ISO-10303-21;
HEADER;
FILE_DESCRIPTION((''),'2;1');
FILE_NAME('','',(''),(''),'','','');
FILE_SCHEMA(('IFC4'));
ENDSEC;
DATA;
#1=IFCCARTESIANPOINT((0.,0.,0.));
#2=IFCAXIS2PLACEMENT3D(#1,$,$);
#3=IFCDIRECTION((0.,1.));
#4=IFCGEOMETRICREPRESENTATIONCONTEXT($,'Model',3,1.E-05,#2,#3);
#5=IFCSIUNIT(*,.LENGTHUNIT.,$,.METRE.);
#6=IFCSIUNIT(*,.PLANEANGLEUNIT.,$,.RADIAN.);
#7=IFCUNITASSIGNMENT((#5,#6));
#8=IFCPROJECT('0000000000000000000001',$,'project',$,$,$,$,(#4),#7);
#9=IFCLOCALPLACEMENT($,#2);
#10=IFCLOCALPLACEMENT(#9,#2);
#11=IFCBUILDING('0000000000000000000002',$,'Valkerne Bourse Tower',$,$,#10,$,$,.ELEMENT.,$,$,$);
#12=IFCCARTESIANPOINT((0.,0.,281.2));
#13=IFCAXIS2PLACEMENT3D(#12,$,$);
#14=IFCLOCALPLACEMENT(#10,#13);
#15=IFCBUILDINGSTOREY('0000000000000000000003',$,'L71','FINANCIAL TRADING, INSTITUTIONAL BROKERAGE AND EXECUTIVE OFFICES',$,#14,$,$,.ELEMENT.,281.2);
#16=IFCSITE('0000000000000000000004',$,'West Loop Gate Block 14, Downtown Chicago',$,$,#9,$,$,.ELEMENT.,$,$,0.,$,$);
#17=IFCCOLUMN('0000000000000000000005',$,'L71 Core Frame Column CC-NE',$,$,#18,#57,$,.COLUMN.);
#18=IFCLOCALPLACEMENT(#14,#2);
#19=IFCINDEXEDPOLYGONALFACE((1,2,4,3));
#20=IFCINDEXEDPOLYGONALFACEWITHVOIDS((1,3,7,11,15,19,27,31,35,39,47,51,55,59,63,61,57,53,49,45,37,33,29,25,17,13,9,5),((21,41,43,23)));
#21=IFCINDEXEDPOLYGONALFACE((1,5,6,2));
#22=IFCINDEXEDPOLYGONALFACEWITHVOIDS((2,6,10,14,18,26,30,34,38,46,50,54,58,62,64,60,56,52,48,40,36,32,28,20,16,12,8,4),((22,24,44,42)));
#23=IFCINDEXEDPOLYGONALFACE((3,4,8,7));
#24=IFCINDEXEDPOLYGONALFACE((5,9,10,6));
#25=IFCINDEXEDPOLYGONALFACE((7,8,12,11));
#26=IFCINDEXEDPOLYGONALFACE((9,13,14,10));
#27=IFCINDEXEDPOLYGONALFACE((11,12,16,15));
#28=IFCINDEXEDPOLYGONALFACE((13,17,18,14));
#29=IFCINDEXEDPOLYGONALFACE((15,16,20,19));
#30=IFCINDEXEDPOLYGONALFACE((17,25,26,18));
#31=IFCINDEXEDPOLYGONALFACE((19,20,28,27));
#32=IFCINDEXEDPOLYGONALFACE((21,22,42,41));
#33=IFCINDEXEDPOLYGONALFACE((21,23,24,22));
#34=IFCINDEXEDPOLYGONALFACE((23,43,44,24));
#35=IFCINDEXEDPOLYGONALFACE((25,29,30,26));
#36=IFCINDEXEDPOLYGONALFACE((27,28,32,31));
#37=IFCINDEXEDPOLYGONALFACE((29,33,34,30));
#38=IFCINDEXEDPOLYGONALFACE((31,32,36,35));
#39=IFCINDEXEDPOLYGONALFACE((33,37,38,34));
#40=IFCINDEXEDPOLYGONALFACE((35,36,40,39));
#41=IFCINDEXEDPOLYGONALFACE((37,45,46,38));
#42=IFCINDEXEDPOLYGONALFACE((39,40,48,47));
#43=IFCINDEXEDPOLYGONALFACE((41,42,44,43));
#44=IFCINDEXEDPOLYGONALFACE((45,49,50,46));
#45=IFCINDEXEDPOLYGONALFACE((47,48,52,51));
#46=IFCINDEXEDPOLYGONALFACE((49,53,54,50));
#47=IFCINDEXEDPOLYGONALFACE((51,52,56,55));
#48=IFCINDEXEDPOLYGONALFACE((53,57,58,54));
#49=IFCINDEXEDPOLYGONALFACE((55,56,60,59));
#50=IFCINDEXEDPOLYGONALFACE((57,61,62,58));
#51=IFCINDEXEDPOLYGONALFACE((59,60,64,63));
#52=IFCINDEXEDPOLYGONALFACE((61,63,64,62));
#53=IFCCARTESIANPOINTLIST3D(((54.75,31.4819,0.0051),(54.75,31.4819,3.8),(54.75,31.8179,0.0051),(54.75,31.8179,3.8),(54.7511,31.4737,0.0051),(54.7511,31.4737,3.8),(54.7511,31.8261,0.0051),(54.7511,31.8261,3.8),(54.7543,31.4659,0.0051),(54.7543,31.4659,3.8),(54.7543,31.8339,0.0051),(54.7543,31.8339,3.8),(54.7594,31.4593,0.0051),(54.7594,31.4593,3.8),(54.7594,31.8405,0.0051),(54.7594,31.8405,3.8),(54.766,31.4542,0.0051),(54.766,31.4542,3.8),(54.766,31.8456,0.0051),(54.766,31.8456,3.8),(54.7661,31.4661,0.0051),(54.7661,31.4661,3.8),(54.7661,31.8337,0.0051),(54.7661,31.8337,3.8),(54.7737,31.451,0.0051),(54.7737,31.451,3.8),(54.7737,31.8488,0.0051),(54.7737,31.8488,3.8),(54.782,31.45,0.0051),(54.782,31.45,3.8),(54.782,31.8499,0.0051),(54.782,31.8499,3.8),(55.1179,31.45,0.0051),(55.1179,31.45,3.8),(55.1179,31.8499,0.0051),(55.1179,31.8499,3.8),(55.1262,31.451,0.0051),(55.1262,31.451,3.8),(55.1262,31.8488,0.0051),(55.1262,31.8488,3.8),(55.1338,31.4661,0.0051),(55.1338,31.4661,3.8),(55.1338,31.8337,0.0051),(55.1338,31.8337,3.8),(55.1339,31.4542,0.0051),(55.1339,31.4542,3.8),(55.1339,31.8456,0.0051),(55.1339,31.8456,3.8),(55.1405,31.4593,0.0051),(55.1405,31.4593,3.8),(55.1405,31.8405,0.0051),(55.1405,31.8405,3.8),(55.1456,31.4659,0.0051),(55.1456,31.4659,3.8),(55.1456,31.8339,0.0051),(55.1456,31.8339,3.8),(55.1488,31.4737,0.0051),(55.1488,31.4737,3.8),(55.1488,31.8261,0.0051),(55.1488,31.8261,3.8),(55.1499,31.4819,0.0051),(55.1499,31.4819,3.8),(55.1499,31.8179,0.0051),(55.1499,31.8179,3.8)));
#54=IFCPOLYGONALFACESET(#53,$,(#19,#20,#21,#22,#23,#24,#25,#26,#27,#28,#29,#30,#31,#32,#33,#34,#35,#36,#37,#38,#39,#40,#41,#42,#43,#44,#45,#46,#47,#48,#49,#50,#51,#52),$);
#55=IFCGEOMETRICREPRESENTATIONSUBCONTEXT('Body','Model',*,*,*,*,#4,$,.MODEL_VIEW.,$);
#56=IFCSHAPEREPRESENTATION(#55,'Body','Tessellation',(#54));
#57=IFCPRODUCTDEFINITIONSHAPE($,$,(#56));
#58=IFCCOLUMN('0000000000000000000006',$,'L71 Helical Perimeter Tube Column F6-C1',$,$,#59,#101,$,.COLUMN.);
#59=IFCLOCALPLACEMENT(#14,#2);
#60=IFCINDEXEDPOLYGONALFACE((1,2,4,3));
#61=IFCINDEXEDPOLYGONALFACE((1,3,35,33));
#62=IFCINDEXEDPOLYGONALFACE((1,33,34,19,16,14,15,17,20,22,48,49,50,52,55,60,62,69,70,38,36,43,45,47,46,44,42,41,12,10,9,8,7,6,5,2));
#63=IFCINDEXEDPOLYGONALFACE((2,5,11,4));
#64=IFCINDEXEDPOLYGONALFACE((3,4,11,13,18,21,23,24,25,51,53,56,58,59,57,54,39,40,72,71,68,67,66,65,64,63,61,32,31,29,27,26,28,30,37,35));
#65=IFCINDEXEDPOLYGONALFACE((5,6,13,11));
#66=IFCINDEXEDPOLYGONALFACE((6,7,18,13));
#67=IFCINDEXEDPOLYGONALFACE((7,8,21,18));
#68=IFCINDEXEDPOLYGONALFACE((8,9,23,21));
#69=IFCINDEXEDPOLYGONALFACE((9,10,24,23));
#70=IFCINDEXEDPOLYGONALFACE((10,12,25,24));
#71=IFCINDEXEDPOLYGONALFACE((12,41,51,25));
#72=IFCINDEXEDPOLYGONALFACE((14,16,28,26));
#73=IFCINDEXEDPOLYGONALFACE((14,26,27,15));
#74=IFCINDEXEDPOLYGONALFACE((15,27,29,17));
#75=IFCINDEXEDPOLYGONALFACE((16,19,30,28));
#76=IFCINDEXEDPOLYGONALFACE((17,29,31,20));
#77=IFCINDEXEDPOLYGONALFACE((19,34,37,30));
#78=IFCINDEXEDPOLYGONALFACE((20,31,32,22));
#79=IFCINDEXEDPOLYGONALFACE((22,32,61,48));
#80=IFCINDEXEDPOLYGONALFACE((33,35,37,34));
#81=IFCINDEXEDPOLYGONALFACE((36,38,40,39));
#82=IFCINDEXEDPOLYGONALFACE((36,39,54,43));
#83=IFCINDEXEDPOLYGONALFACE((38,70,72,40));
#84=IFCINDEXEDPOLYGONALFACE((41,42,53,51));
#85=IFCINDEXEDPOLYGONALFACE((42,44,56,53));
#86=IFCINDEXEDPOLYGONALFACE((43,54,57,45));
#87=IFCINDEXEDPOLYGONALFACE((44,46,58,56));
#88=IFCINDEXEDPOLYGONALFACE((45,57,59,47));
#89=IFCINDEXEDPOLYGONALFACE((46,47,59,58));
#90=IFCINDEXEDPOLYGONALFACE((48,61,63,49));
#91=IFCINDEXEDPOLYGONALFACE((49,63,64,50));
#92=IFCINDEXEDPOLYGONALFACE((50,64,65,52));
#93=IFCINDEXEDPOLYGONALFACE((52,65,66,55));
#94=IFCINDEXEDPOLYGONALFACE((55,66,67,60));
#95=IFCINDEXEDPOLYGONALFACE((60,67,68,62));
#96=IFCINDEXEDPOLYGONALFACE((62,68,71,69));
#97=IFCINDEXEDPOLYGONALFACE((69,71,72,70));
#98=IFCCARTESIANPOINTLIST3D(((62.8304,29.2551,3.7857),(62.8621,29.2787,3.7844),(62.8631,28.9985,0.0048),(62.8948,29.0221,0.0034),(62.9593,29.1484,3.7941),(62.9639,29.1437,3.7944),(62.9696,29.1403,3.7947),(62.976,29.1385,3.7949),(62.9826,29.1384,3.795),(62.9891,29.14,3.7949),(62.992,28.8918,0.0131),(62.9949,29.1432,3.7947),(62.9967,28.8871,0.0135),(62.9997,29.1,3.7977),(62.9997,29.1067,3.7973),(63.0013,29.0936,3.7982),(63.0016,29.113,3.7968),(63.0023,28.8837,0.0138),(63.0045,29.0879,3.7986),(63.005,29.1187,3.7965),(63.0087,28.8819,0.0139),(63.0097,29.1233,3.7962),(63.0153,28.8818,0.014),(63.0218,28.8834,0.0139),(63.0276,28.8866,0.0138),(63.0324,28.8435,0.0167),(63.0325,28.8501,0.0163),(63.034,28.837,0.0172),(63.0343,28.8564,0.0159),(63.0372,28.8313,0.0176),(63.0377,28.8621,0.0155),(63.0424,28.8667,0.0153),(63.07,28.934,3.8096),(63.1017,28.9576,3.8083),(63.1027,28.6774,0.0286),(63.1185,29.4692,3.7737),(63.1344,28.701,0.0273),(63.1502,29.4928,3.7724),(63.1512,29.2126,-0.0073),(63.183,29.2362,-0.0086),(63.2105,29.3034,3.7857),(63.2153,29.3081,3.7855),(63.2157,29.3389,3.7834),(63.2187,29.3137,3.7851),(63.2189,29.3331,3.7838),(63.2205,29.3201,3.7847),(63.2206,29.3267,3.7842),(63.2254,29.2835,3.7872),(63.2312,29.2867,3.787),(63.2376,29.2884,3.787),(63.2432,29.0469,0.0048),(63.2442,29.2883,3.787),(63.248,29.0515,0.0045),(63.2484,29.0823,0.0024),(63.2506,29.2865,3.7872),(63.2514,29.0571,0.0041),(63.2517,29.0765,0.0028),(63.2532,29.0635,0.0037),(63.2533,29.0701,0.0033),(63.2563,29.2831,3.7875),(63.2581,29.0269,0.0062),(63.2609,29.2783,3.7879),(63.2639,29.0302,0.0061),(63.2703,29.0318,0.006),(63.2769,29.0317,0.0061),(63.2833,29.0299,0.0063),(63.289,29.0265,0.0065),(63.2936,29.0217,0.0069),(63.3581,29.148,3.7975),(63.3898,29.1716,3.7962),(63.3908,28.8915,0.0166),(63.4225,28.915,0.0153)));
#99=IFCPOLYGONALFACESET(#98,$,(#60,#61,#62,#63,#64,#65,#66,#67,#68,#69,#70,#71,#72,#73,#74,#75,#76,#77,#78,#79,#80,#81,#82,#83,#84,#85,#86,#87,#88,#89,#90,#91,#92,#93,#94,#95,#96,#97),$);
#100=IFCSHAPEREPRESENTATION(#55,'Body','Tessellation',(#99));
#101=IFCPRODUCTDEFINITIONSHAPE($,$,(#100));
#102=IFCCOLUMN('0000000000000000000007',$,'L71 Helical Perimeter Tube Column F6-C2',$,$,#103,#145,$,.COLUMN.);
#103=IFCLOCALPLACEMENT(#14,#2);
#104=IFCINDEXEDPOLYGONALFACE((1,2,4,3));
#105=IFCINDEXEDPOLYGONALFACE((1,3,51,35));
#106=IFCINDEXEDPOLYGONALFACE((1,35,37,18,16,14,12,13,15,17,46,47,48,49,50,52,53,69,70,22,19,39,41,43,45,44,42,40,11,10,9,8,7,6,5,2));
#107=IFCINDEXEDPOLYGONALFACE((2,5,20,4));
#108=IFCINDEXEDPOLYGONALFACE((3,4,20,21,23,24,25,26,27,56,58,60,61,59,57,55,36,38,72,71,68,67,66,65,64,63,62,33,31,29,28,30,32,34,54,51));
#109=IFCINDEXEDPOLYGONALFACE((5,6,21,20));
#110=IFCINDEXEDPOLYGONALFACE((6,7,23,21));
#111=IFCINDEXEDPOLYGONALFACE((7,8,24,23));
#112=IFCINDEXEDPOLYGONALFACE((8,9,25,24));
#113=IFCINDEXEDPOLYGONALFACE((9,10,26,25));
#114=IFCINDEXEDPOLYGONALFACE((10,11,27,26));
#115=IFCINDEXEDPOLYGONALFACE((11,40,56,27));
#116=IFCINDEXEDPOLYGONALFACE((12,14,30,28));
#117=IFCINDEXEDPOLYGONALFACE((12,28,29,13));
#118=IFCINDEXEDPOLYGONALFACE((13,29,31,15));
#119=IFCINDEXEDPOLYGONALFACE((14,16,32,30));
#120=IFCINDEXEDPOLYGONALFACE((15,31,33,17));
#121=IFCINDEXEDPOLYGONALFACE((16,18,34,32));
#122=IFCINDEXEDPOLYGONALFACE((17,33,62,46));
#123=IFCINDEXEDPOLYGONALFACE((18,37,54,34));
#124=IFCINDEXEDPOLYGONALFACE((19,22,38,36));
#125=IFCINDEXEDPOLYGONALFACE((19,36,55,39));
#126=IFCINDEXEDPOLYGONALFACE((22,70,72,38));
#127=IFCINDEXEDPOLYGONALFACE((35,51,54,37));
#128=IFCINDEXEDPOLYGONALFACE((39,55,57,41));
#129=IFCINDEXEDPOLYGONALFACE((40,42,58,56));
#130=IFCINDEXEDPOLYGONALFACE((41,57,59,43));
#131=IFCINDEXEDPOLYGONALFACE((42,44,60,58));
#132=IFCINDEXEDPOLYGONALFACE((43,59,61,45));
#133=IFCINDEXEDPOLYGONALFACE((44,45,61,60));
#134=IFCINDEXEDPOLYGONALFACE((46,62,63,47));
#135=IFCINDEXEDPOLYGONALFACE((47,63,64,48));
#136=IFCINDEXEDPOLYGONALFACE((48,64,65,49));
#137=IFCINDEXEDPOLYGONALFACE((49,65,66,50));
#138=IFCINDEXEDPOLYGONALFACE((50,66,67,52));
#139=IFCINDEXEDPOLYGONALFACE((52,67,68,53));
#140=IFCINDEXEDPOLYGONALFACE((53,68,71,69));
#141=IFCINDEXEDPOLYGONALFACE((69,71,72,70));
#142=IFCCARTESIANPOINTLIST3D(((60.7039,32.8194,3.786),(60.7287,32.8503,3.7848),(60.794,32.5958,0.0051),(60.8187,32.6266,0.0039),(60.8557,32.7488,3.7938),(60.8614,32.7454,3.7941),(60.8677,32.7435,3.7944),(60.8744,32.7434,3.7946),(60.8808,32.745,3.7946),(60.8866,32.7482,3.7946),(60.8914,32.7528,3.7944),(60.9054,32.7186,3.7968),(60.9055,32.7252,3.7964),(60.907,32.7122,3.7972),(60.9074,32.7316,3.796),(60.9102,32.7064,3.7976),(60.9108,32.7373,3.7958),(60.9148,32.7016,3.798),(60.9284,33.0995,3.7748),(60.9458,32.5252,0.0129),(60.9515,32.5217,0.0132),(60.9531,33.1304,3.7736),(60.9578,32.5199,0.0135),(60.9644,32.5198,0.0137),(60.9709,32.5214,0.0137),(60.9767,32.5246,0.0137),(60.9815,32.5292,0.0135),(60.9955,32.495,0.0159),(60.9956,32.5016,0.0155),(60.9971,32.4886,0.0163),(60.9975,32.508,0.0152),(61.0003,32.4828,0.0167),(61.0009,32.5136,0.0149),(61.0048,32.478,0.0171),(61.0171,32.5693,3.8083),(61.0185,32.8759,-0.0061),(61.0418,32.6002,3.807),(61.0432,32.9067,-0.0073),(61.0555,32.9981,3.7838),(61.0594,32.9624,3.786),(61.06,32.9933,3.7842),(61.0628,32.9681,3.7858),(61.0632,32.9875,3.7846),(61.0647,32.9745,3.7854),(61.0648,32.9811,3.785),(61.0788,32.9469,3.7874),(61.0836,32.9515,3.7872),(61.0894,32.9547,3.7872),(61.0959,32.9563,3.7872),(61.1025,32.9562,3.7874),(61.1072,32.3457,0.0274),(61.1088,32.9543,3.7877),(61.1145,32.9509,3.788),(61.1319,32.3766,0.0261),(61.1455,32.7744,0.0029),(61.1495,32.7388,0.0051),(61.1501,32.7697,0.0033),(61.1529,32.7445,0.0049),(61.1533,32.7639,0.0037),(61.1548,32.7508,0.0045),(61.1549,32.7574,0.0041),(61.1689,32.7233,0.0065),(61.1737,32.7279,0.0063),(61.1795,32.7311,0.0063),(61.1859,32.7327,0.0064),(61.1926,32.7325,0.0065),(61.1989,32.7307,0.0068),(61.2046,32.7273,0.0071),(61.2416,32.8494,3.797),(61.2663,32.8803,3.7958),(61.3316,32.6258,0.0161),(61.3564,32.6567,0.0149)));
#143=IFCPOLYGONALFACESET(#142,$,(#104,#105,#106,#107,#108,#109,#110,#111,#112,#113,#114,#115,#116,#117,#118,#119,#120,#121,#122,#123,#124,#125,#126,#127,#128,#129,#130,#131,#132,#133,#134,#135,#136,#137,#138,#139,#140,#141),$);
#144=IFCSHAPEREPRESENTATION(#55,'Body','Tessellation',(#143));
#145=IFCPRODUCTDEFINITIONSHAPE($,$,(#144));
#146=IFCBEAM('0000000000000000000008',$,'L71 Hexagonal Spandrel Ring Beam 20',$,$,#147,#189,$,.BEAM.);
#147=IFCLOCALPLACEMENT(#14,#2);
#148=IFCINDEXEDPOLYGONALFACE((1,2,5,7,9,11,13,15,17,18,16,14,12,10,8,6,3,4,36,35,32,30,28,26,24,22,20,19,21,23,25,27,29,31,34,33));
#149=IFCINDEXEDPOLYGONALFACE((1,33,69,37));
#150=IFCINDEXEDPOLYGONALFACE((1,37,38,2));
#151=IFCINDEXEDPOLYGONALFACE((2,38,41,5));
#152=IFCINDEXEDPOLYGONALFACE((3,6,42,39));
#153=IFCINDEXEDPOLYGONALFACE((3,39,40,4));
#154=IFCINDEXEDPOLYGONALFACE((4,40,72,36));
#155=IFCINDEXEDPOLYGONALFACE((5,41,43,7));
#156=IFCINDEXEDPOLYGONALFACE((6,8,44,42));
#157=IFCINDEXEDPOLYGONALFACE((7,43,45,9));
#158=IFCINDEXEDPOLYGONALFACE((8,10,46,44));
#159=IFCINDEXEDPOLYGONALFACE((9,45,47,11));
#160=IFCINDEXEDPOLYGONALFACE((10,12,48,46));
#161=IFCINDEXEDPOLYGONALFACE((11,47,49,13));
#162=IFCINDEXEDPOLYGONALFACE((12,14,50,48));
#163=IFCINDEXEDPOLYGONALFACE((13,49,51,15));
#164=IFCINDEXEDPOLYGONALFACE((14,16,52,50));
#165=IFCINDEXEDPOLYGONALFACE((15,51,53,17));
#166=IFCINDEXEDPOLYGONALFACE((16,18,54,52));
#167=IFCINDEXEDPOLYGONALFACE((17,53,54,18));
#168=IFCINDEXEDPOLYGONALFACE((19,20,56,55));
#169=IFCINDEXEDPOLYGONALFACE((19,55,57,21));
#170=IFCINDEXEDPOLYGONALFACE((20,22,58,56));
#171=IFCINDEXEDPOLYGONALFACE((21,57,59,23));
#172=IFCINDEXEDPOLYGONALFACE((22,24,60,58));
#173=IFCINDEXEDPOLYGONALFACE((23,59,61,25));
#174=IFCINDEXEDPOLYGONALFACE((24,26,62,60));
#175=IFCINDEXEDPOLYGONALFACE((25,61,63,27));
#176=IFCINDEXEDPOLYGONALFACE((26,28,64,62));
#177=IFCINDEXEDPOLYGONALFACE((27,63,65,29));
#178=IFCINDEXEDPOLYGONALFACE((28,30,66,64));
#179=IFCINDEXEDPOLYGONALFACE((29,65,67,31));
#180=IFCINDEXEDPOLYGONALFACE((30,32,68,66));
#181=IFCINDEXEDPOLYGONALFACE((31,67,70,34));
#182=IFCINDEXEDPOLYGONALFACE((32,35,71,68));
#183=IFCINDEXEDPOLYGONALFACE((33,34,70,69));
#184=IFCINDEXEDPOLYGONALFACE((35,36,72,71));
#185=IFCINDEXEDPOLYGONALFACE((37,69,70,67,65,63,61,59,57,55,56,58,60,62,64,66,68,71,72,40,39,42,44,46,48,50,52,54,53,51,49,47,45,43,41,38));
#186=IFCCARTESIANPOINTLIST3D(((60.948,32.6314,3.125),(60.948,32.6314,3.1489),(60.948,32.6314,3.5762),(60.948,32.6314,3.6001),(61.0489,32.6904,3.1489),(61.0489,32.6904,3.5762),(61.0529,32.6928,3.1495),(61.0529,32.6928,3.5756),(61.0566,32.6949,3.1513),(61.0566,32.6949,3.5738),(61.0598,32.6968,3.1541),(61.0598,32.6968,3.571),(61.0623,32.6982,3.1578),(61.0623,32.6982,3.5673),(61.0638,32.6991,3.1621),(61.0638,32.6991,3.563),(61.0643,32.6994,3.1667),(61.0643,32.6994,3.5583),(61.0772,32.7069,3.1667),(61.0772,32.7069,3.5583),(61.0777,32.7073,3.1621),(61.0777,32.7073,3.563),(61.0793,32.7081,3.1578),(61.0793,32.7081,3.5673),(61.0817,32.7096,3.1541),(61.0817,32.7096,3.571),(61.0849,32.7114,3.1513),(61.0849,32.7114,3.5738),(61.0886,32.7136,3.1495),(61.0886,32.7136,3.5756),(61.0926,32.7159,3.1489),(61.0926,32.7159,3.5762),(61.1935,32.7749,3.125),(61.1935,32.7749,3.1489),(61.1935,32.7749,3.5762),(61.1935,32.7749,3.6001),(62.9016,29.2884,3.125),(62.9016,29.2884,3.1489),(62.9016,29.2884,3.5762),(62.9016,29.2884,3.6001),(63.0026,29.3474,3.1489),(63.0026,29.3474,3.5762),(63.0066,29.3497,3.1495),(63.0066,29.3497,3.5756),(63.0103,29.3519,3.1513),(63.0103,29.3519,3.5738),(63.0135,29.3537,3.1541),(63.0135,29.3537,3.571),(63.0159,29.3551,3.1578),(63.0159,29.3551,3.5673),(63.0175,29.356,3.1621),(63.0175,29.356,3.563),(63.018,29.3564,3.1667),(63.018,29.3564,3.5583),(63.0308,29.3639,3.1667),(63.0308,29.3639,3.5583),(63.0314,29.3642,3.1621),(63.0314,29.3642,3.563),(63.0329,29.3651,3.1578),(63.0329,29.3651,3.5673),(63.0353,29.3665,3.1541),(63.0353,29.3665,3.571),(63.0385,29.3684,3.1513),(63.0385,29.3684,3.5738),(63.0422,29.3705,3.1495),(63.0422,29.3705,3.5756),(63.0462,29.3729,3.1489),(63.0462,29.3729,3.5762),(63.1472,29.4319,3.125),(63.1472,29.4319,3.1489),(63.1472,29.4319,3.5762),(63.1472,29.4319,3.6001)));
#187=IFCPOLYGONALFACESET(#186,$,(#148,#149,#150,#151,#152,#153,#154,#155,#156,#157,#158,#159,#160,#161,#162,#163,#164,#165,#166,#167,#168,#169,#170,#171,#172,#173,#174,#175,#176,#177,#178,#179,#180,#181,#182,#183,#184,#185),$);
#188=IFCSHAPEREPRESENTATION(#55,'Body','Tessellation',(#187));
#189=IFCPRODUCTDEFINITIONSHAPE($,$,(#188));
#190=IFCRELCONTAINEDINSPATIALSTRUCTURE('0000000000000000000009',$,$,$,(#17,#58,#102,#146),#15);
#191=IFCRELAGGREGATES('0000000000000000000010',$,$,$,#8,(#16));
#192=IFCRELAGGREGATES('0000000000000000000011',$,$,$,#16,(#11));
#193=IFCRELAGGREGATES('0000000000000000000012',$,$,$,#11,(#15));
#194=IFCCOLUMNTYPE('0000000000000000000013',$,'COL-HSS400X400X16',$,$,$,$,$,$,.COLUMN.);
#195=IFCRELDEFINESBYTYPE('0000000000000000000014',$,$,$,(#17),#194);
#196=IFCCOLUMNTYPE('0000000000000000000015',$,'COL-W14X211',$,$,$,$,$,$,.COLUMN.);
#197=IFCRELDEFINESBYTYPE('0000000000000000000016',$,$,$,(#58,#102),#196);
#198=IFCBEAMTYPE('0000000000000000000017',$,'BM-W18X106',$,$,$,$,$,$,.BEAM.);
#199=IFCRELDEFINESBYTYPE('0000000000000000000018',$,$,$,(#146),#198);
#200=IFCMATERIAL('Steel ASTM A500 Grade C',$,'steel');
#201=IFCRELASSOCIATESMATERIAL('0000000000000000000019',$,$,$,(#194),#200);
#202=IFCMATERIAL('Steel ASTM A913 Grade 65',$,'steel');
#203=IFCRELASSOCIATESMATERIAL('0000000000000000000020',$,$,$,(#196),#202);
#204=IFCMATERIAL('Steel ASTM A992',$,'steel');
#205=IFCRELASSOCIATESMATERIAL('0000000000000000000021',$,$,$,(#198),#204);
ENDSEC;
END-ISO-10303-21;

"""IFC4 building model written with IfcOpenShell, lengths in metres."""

from ifc_helpers import new_model, si_unit, direction, frame, origin, origin_2d, place, context, subcontext, project, spatial, hollow_rectangle, i_section, extrude, material, material_profile, profile_set, type_object, element, save


model = new_model("IFC4")

# Units and contexts
model_context = context("Model", 3, precision=1e-05, world=origin(), true_north=direction((0.0, 1.0)))
body_context = subcontext(model_context, "Body", "Model", "MODEL_VIEW")
ifc_project = project(units=[si_unit("LENGTHUNIT", "METRE"), si_unit("PLANEANGLEUNIT", "RADIAN")], contexts=[model_context])

# Site, building, storey
site_placement = place(None, origin())
site = spatial("IfcSite", under=ifc_project, at=site_placement, Name="West Loop Gate Block 14, Downtown Chicago", CompositionType="ELEMENT", RefElevation=0.0)
building_placement = place(site_placement, origin())
building = spatial("IfcBuilding", under=site, at=building_placement, Name="Valkerne Bourse Tower", CompositionType="ELEMENT")
storey_placement = place(building_placement, frame((0.0, 0.0, 281.2)))
storey = spatial("IfcBuildingStorey", under=building, at=storey_placement, Name="L71", Description="FINANCIAL TRADING, INSTITUTIONAL BROKERAGE AND EXECUTIVE OFFICES", CompositionType="ELEMENT", Elevation=281.2)

# Columns
ifc_material_1 = material(Name="Steel ASTM A500 Grade C", Category="steel")
ifc_material_profile_1 = material_profile(ifc_material_1, hollow_rectangle(XDim=0.3999, YDim=0.3999, WallThickness=0.0161, OuterFilletRadius=0.032, at=origin_2d()), Name="HSS400X400X16")
ifc_profile_set_1 = profile_set([ifc_material_profile_1], Name="Steel ASTM A500 Grade C")
column_type_1 = type_object("IfcColumnType", Name="COL-HSS400X400X16", PredefinedType="COLUMN", material=ifc_profile_set_1)
column_1_placement = place(storey_placement, frame((54.95, 31.6499, 0.0051), z_axis=(0.0, 0.0, 1.0), x_axis=(1.0, 0.0, 0.0)))
element("IfcColumn", 1, at=column_1_placement, inside=storey, type_object=column_type_1, Name="L71 Core Frame Column CC-NE", PredefinedType="COLUMN", context=body_context, shape_type="SweptSolid", body=[
    extrude(hollow_rectangle(XDim=0.3999, YDim=0.3999, WallThickness=0.0161, OuterFilletRadius=0.032, at=origin_2d()), origin(), (0.0, 0.0, 1.0), 3.7949),
])
ifc_material_2 = material(Name="Steel ASTM A913 Grade 65", Category="steel")
ifc_material_profile_2 = material_profile(ifc_material_2, i_section(OverallWidth=0.4014, OverallDepth=0.3987, WebThickness=0.0249, FlangeThickness=0.0396, FilletRadius=0.0254, at=origin_2d()), Name="W14X211")
ifc_profile_set_2 = profile_set([ifc_material_profile_2], Name="Steel ASTM A913 Grade 65")
column_type_2 = type_object("IfcColumnType", Name="COL-W14X211", PredefinedType="COLUMN", material=ifc_profile_set_2)
column_2_placement = place(storey_placement, frame((63.1428, 28.9568, 0.01), z_axis=(-0.008632, 0.067705, 0.997668), x_axis=(0.596891, -0.800116, 0.059463)))
element("IfcColumn", 2, at=column_2_placement, inside=storey, type_object=column_type_2, Name="L71 Helical Perimeter Tube Column F6-C1", PredefinedType="COLUMN", context=body_context, shape_type="SweptSolid", body=[
    extrude(i_section(OverallWidth=0.4014, OverallDepth=0.3987, WebThickness=0.0249, FlangeThickness=0.0396, FilletRadius=0.0254, at=origin_2d()), origin(), (0.0, 0.0, 1.0), 3.7898),
])
column_3_placement = place(storey_placement, frame((61.0752, 32.6262, 0.01), z_axis=(-0.023778, 0.059027, 0.997973), x_axis=(0.780223, -0.62304, 0.05544)))
element("IfcColumn", 3, at=column_3_placement, inside=storey, type_object=column_type_2, Name="L71 Helical Perimeter Tube Column F6-C2", PredefinedType="COLUMN", context=body_context, shape_type="SweptSolid", body=[
    extrude(i_section(OverallWidth=0.4014, OverallDepth=0.3987, WebThickness=0.0249, FlangeThickness=0.0396, FilletRadius=0.0254, at=origin_2d()), origin(), (0.0, 0.0, 1.0), 3.7886),
])

# Beam
ifc_material_3 = material(Name="Steel ASTM A992", Category="steel")
ifc_material_profile_3 = material_profile(ifc_material_3, i_section(OverallWidth=0.2844, OverallDepth=0.4751, WebThickness=0.0149, FlangeThickness=0.0239, FilletRadius=0.0178, at=origin_2d()), Name="W18X106")
ifc_profile_set_3 = profile_set([ifc_material_profile_3], Name="Steel ASTM A992")
beam_type_1 = type_object("IfcBeamType", Name="BM-W18X106", PredefinedType="BEAM", material=ifc_profile_set_3)
for number, where, z_axis, x_axis, name in (
    (4, (63.0244, 29.3601, 3.3625), (-0.504549, 0.863383, 0.0), (-0.863383, -0.504549, 0.0), "L71 Hexagonal Spandrel Ring Beam 20"),
):
    element("IfcBeam", number, at=place(storey_placement, frame(where, z_axis=z_axis, x_axis=x_axis)), inside=storey, type_object=beam_type_1, Name=name, PredefinedType="BEAM", context=body_context, shape_type="SweptSolid", body=[
        extrude(i_section(OverallWidth=0.2844, OverallDepth=0.4751, WebThickness=0.0149, FlangeThickness=0.0239, FilletRadius=0.0178, at=origin_2d()), origin(), (0.0, 0.0, 1.0), 3.8721),
    ])

save(model, "model.ifc")
